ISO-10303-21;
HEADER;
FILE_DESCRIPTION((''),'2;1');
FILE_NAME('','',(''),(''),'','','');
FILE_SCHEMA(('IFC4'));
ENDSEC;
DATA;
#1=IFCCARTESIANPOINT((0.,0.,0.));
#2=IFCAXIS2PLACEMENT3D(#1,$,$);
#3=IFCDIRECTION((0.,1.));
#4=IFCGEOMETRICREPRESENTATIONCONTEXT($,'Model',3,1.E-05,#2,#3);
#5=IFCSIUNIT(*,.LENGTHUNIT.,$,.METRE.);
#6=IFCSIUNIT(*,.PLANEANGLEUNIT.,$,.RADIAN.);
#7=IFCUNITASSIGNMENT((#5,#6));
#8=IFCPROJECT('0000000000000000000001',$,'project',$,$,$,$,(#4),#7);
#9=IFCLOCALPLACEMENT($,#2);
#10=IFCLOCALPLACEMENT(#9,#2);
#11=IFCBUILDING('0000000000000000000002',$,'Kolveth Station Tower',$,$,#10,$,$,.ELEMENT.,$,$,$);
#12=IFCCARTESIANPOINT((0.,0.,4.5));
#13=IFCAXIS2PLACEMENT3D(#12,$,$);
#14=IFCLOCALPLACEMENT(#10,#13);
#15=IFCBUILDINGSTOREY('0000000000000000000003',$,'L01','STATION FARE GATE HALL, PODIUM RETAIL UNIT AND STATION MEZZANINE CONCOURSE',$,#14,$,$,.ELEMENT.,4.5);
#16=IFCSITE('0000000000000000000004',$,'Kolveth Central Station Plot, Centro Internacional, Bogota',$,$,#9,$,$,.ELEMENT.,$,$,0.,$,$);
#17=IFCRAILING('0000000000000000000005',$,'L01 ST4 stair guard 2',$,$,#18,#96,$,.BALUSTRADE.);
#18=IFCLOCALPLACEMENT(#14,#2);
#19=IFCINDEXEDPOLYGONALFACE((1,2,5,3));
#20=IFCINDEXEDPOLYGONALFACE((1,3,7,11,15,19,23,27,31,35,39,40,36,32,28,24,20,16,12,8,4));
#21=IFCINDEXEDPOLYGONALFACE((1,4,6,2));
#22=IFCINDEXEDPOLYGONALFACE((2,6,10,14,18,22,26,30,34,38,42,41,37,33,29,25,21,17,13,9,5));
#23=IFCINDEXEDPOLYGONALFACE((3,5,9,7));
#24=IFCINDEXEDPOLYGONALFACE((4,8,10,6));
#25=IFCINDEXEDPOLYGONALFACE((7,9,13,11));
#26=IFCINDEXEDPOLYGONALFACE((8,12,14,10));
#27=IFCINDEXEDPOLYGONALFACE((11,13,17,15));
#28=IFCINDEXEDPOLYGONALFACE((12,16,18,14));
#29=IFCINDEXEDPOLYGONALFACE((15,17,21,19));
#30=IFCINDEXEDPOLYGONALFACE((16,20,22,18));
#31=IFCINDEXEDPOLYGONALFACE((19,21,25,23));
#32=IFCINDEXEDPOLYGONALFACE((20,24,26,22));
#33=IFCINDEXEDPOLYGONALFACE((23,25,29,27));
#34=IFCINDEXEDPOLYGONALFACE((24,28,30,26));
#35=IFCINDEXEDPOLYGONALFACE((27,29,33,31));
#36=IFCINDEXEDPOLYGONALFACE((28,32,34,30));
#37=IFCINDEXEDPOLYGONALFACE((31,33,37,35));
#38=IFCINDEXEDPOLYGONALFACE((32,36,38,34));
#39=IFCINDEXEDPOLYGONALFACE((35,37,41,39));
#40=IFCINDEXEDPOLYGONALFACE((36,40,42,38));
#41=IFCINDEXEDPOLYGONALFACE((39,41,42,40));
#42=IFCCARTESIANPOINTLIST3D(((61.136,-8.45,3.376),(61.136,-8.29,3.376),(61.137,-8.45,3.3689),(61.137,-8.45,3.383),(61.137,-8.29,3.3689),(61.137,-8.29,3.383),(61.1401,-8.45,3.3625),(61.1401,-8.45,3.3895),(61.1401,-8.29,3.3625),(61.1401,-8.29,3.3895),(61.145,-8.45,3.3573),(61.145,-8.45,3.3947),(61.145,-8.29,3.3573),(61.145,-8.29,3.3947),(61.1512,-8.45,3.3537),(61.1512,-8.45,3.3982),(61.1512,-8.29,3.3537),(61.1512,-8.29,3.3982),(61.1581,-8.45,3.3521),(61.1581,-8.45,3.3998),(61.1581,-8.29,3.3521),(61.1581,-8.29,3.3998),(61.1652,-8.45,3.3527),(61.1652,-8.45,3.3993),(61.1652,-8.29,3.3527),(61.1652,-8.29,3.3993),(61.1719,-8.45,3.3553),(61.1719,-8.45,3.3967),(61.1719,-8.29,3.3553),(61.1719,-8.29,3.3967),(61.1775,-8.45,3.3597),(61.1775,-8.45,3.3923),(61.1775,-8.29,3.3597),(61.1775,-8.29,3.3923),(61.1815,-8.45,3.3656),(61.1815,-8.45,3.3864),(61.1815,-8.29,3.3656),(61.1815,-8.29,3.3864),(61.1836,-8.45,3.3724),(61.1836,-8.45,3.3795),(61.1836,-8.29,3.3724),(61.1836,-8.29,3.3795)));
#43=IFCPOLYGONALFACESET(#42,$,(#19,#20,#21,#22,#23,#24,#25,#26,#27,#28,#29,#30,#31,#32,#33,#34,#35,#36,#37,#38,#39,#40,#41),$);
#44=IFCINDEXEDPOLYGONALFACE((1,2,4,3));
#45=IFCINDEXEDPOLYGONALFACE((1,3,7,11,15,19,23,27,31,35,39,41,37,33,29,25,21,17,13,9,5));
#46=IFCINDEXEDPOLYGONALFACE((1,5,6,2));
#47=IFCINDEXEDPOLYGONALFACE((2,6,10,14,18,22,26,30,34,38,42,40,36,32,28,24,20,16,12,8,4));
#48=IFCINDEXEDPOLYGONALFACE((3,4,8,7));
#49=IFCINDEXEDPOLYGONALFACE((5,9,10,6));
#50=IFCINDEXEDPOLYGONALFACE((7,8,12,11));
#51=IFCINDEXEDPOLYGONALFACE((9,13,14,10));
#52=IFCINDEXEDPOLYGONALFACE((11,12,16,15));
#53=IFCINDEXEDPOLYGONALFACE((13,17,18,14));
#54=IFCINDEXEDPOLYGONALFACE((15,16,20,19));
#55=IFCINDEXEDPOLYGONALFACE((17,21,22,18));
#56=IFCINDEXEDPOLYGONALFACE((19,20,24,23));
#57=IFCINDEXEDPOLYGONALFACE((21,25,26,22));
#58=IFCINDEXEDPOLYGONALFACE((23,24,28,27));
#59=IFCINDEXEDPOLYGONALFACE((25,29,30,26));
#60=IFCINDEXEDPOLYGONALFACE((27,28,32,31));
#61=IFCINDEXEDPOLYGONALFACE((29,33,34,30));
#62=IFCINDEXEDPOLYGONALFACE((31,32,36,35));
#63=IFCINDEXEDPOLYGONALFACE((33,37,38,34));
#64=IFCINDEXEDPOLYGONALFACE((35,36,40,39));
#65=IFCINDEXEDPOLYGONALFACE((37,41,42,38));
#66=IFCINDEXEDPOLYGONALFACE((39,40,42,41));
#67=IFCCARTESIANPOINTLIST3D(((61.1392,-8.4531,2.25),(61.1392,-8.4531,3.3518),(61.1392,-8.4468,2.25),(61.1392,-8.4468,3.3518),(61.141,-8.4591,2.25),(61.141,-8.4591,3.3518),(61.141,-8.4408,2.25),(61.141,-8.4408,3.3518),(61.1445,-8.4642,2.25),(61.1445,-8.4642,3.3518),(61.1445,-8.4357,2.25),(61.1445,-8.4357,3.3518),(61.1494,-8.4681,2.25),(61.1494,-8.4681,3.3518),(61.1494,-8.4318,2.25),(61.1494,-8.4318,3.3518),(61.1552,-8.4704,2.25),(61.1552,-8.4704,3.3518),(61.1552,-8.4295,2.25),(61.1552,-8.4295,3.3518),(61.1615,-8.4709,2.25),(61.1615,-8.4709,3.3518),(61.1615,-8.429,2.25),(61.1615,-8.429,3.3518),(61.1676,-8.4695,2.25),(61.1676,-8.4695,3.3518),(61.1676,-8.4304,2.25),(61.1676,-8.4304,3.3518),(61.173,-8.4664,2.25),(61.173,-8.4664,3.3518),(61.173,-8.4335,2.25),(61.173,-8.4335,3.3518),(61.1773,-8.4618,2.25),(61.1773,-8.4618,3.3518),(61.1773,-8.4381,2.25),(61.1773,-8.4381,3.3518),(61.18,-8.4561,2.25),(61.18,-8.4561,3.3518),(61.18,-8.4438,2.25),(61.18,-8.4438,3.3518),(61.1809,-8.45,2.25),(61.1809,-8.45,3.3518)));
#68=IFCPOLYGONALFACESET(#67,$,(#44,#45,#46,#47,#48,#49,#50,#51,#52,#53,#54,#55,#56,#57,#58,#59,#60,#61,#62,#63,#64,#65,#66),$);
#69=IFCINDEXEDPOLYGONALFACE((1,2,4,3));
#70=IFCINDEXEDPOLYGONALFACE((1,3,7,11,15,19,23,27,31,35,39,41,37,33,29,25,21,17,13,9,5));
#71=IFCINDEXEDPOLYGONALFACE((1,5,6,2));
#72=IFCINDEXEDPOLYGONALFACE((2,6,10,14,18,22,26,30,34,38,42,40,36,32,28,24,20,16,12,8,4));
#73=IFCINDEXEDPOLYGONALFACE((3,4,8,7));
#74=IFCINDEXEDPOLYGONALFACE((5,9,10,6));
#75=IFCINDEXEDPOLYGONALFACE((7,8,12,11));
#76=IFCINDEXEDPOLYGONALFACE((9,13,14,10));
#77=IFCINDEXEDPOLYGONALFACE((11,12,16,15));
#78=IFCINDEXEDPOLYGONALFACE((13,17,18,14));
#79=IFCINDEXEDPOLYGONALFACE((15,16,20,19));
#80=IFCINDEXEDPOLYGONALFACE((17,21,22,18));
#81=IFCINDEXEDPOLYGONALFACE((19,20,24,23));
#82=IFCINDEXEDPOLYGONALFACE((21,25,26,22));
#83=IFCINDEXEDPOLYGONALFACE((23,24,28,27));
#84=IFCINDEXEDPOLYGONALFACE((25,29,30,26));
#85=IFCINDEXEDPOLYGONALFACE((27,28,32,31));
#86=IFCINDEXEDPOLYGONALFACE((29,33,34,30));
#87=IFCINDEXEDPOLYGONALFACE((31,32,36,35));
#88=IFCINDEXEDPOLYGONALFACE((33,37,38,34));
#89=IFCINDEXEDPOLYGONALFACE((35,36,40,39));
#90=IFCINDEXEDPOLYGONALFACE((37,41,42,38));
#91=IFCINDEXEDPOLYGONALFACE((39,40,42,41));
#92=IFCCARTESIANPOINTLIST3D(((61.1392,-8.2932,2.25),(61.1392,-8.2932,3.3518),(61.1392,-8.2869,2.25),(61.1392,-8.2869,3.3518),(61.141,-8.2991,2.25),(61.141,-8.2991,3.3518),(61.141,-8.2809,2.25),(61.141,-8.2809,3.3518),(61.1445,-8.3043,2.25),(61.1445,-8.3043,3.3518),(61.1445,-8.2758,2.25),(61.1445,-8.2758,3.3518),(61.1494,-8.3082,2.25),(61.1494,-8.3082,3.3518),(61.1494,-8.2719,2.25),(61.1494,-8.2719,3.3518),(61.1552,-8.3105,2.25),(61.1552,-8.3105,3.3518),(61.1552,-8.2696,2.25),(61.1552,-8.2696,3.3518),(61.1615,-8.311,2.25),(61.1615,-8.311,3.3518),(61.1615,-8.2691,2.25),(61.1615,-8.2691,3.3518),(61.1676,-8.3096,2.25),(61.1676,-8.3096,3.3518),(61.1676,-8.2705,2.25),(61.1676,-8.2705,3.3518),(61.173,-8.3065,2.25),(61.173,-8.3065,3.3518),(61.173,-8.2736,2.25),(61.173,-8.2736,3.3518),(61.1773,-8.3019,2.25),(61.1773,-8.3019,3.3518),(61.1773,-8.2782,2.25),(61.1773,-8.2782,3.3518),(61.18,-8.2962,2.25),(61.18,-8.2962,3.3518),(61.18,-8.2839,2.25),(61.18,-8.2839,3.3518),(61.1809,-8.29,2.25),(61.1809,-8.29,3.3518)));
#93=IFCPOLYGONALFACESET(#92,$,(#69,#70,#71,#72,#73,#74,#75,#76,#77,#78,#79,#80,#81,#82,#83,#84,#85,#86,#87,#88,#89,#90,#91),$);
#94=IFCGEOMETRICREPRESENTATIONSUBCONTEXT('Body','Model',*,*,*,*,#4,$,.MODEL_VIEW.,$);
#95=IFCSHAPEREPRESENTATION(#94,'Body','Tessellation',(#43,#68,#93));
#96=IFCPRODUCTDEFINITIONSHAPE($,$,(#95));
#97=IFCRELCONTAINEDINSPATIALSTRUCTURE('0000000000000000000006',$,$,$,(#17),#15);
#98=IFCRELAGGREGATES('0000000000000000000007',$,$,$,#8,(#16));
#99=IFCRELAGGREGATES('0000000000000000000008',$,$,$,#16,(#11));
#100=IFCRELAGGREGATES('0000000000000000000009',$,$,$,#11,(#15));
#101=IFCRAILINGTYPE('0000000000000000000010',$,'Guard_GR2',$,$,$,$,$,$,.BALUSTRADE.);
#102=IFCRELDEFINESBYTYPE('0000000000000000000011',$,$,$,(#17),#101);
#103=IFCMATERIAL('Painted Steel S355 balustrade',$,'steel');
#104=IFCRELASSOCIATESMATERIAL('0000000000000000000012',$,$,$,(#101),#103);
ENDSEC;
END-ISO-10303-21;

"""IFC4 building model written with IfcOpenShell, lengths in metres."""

from ifc_helpers import new_model, si_unit, direction, frame, origin, origin_2d, place, context, subcontext, project, spatial, circle, extrude, material, type_object, element, save


model = new_model("IFC4")

# Units and contexts
model_context = context("Model", 3, precision=1e-05, world=origin(), true_north=direction((0.0, 1.0)))
body_context = subcontext(model_context, "Body", "Model", "MODEL_VIEW")
ifc_project = project(units=[si_unit("LENGTHUNIT", "METRE"), si_unit("PLANEANGLEUNIT", "RADIAN")], contexts=[model_context])

# Site, building, storey
site_placement = place(None, origin())
site = spatial("IfcSite", under=ifc_project, at=site_placement, Name="Kolveth Central Station Plot, Centro Internacional, Bogota", CompositionType="ELEMENT", RefElevation=0.0)
building_placement = place(site_placement, origin())
building = spatial("IfcBuilding", under=site, at=building_placement, Name="Kolveth Station Tower", CompositionType="ELEMENT")
storey_placement = place(building_placement, frame((0.0, 0.0, 4.5)))
storey = spatial("IfcBuildingStorey", under=building, at=storey_placement, Name="L01", Description="STATION FARE GATE HALL, PODIUM RETAIL UNIT AND STATION MEZZANINE CONCOURSE", CompositionType="ELEMENT", Elevation=4.5)

# Railing
ifc_material_1 = material(Name="Painted Steel S355 balustrade", Category="steel")
railing_type_1 = type_object("IfcRailingType", Name="Guard_GR2", PredefinedType="BALUSTRADE", material=ifc_material_1)
railing_1_placement = place(storey_placement, frame((61.1599, -8.45, 2.25)))
element("IfcRailing", 1, at=railing_1_placement, inside=storey, type_object=railing_type_1, Name="L01 ST4 stair guard 2", PredefinedType="BALUSTRADE", context=body_context, shape_type="SweptSolid", body=[
    extrude(circle(Radius=0.0239, at=origin_2d()), frame((0.0, 0.0, 1.126), z_axis=(0.0, 1.0, 0.0), x_axis=(-1.0, 0.0, 0.0)), (0.0, 0.0, 1.0), 0.1599),
    extrude(circle(Radius=0.021, at=origin_2d()), origin(), (0.0, 0.0, 1.0), 1.1018),
    extrude(circle(Radius=0.021, at=origin_2d()), frame((0.0, 0.1599, 0.0)), (0.0, 0.0, 1.0), 1.1018),
])

save(model, "model.ifc")
